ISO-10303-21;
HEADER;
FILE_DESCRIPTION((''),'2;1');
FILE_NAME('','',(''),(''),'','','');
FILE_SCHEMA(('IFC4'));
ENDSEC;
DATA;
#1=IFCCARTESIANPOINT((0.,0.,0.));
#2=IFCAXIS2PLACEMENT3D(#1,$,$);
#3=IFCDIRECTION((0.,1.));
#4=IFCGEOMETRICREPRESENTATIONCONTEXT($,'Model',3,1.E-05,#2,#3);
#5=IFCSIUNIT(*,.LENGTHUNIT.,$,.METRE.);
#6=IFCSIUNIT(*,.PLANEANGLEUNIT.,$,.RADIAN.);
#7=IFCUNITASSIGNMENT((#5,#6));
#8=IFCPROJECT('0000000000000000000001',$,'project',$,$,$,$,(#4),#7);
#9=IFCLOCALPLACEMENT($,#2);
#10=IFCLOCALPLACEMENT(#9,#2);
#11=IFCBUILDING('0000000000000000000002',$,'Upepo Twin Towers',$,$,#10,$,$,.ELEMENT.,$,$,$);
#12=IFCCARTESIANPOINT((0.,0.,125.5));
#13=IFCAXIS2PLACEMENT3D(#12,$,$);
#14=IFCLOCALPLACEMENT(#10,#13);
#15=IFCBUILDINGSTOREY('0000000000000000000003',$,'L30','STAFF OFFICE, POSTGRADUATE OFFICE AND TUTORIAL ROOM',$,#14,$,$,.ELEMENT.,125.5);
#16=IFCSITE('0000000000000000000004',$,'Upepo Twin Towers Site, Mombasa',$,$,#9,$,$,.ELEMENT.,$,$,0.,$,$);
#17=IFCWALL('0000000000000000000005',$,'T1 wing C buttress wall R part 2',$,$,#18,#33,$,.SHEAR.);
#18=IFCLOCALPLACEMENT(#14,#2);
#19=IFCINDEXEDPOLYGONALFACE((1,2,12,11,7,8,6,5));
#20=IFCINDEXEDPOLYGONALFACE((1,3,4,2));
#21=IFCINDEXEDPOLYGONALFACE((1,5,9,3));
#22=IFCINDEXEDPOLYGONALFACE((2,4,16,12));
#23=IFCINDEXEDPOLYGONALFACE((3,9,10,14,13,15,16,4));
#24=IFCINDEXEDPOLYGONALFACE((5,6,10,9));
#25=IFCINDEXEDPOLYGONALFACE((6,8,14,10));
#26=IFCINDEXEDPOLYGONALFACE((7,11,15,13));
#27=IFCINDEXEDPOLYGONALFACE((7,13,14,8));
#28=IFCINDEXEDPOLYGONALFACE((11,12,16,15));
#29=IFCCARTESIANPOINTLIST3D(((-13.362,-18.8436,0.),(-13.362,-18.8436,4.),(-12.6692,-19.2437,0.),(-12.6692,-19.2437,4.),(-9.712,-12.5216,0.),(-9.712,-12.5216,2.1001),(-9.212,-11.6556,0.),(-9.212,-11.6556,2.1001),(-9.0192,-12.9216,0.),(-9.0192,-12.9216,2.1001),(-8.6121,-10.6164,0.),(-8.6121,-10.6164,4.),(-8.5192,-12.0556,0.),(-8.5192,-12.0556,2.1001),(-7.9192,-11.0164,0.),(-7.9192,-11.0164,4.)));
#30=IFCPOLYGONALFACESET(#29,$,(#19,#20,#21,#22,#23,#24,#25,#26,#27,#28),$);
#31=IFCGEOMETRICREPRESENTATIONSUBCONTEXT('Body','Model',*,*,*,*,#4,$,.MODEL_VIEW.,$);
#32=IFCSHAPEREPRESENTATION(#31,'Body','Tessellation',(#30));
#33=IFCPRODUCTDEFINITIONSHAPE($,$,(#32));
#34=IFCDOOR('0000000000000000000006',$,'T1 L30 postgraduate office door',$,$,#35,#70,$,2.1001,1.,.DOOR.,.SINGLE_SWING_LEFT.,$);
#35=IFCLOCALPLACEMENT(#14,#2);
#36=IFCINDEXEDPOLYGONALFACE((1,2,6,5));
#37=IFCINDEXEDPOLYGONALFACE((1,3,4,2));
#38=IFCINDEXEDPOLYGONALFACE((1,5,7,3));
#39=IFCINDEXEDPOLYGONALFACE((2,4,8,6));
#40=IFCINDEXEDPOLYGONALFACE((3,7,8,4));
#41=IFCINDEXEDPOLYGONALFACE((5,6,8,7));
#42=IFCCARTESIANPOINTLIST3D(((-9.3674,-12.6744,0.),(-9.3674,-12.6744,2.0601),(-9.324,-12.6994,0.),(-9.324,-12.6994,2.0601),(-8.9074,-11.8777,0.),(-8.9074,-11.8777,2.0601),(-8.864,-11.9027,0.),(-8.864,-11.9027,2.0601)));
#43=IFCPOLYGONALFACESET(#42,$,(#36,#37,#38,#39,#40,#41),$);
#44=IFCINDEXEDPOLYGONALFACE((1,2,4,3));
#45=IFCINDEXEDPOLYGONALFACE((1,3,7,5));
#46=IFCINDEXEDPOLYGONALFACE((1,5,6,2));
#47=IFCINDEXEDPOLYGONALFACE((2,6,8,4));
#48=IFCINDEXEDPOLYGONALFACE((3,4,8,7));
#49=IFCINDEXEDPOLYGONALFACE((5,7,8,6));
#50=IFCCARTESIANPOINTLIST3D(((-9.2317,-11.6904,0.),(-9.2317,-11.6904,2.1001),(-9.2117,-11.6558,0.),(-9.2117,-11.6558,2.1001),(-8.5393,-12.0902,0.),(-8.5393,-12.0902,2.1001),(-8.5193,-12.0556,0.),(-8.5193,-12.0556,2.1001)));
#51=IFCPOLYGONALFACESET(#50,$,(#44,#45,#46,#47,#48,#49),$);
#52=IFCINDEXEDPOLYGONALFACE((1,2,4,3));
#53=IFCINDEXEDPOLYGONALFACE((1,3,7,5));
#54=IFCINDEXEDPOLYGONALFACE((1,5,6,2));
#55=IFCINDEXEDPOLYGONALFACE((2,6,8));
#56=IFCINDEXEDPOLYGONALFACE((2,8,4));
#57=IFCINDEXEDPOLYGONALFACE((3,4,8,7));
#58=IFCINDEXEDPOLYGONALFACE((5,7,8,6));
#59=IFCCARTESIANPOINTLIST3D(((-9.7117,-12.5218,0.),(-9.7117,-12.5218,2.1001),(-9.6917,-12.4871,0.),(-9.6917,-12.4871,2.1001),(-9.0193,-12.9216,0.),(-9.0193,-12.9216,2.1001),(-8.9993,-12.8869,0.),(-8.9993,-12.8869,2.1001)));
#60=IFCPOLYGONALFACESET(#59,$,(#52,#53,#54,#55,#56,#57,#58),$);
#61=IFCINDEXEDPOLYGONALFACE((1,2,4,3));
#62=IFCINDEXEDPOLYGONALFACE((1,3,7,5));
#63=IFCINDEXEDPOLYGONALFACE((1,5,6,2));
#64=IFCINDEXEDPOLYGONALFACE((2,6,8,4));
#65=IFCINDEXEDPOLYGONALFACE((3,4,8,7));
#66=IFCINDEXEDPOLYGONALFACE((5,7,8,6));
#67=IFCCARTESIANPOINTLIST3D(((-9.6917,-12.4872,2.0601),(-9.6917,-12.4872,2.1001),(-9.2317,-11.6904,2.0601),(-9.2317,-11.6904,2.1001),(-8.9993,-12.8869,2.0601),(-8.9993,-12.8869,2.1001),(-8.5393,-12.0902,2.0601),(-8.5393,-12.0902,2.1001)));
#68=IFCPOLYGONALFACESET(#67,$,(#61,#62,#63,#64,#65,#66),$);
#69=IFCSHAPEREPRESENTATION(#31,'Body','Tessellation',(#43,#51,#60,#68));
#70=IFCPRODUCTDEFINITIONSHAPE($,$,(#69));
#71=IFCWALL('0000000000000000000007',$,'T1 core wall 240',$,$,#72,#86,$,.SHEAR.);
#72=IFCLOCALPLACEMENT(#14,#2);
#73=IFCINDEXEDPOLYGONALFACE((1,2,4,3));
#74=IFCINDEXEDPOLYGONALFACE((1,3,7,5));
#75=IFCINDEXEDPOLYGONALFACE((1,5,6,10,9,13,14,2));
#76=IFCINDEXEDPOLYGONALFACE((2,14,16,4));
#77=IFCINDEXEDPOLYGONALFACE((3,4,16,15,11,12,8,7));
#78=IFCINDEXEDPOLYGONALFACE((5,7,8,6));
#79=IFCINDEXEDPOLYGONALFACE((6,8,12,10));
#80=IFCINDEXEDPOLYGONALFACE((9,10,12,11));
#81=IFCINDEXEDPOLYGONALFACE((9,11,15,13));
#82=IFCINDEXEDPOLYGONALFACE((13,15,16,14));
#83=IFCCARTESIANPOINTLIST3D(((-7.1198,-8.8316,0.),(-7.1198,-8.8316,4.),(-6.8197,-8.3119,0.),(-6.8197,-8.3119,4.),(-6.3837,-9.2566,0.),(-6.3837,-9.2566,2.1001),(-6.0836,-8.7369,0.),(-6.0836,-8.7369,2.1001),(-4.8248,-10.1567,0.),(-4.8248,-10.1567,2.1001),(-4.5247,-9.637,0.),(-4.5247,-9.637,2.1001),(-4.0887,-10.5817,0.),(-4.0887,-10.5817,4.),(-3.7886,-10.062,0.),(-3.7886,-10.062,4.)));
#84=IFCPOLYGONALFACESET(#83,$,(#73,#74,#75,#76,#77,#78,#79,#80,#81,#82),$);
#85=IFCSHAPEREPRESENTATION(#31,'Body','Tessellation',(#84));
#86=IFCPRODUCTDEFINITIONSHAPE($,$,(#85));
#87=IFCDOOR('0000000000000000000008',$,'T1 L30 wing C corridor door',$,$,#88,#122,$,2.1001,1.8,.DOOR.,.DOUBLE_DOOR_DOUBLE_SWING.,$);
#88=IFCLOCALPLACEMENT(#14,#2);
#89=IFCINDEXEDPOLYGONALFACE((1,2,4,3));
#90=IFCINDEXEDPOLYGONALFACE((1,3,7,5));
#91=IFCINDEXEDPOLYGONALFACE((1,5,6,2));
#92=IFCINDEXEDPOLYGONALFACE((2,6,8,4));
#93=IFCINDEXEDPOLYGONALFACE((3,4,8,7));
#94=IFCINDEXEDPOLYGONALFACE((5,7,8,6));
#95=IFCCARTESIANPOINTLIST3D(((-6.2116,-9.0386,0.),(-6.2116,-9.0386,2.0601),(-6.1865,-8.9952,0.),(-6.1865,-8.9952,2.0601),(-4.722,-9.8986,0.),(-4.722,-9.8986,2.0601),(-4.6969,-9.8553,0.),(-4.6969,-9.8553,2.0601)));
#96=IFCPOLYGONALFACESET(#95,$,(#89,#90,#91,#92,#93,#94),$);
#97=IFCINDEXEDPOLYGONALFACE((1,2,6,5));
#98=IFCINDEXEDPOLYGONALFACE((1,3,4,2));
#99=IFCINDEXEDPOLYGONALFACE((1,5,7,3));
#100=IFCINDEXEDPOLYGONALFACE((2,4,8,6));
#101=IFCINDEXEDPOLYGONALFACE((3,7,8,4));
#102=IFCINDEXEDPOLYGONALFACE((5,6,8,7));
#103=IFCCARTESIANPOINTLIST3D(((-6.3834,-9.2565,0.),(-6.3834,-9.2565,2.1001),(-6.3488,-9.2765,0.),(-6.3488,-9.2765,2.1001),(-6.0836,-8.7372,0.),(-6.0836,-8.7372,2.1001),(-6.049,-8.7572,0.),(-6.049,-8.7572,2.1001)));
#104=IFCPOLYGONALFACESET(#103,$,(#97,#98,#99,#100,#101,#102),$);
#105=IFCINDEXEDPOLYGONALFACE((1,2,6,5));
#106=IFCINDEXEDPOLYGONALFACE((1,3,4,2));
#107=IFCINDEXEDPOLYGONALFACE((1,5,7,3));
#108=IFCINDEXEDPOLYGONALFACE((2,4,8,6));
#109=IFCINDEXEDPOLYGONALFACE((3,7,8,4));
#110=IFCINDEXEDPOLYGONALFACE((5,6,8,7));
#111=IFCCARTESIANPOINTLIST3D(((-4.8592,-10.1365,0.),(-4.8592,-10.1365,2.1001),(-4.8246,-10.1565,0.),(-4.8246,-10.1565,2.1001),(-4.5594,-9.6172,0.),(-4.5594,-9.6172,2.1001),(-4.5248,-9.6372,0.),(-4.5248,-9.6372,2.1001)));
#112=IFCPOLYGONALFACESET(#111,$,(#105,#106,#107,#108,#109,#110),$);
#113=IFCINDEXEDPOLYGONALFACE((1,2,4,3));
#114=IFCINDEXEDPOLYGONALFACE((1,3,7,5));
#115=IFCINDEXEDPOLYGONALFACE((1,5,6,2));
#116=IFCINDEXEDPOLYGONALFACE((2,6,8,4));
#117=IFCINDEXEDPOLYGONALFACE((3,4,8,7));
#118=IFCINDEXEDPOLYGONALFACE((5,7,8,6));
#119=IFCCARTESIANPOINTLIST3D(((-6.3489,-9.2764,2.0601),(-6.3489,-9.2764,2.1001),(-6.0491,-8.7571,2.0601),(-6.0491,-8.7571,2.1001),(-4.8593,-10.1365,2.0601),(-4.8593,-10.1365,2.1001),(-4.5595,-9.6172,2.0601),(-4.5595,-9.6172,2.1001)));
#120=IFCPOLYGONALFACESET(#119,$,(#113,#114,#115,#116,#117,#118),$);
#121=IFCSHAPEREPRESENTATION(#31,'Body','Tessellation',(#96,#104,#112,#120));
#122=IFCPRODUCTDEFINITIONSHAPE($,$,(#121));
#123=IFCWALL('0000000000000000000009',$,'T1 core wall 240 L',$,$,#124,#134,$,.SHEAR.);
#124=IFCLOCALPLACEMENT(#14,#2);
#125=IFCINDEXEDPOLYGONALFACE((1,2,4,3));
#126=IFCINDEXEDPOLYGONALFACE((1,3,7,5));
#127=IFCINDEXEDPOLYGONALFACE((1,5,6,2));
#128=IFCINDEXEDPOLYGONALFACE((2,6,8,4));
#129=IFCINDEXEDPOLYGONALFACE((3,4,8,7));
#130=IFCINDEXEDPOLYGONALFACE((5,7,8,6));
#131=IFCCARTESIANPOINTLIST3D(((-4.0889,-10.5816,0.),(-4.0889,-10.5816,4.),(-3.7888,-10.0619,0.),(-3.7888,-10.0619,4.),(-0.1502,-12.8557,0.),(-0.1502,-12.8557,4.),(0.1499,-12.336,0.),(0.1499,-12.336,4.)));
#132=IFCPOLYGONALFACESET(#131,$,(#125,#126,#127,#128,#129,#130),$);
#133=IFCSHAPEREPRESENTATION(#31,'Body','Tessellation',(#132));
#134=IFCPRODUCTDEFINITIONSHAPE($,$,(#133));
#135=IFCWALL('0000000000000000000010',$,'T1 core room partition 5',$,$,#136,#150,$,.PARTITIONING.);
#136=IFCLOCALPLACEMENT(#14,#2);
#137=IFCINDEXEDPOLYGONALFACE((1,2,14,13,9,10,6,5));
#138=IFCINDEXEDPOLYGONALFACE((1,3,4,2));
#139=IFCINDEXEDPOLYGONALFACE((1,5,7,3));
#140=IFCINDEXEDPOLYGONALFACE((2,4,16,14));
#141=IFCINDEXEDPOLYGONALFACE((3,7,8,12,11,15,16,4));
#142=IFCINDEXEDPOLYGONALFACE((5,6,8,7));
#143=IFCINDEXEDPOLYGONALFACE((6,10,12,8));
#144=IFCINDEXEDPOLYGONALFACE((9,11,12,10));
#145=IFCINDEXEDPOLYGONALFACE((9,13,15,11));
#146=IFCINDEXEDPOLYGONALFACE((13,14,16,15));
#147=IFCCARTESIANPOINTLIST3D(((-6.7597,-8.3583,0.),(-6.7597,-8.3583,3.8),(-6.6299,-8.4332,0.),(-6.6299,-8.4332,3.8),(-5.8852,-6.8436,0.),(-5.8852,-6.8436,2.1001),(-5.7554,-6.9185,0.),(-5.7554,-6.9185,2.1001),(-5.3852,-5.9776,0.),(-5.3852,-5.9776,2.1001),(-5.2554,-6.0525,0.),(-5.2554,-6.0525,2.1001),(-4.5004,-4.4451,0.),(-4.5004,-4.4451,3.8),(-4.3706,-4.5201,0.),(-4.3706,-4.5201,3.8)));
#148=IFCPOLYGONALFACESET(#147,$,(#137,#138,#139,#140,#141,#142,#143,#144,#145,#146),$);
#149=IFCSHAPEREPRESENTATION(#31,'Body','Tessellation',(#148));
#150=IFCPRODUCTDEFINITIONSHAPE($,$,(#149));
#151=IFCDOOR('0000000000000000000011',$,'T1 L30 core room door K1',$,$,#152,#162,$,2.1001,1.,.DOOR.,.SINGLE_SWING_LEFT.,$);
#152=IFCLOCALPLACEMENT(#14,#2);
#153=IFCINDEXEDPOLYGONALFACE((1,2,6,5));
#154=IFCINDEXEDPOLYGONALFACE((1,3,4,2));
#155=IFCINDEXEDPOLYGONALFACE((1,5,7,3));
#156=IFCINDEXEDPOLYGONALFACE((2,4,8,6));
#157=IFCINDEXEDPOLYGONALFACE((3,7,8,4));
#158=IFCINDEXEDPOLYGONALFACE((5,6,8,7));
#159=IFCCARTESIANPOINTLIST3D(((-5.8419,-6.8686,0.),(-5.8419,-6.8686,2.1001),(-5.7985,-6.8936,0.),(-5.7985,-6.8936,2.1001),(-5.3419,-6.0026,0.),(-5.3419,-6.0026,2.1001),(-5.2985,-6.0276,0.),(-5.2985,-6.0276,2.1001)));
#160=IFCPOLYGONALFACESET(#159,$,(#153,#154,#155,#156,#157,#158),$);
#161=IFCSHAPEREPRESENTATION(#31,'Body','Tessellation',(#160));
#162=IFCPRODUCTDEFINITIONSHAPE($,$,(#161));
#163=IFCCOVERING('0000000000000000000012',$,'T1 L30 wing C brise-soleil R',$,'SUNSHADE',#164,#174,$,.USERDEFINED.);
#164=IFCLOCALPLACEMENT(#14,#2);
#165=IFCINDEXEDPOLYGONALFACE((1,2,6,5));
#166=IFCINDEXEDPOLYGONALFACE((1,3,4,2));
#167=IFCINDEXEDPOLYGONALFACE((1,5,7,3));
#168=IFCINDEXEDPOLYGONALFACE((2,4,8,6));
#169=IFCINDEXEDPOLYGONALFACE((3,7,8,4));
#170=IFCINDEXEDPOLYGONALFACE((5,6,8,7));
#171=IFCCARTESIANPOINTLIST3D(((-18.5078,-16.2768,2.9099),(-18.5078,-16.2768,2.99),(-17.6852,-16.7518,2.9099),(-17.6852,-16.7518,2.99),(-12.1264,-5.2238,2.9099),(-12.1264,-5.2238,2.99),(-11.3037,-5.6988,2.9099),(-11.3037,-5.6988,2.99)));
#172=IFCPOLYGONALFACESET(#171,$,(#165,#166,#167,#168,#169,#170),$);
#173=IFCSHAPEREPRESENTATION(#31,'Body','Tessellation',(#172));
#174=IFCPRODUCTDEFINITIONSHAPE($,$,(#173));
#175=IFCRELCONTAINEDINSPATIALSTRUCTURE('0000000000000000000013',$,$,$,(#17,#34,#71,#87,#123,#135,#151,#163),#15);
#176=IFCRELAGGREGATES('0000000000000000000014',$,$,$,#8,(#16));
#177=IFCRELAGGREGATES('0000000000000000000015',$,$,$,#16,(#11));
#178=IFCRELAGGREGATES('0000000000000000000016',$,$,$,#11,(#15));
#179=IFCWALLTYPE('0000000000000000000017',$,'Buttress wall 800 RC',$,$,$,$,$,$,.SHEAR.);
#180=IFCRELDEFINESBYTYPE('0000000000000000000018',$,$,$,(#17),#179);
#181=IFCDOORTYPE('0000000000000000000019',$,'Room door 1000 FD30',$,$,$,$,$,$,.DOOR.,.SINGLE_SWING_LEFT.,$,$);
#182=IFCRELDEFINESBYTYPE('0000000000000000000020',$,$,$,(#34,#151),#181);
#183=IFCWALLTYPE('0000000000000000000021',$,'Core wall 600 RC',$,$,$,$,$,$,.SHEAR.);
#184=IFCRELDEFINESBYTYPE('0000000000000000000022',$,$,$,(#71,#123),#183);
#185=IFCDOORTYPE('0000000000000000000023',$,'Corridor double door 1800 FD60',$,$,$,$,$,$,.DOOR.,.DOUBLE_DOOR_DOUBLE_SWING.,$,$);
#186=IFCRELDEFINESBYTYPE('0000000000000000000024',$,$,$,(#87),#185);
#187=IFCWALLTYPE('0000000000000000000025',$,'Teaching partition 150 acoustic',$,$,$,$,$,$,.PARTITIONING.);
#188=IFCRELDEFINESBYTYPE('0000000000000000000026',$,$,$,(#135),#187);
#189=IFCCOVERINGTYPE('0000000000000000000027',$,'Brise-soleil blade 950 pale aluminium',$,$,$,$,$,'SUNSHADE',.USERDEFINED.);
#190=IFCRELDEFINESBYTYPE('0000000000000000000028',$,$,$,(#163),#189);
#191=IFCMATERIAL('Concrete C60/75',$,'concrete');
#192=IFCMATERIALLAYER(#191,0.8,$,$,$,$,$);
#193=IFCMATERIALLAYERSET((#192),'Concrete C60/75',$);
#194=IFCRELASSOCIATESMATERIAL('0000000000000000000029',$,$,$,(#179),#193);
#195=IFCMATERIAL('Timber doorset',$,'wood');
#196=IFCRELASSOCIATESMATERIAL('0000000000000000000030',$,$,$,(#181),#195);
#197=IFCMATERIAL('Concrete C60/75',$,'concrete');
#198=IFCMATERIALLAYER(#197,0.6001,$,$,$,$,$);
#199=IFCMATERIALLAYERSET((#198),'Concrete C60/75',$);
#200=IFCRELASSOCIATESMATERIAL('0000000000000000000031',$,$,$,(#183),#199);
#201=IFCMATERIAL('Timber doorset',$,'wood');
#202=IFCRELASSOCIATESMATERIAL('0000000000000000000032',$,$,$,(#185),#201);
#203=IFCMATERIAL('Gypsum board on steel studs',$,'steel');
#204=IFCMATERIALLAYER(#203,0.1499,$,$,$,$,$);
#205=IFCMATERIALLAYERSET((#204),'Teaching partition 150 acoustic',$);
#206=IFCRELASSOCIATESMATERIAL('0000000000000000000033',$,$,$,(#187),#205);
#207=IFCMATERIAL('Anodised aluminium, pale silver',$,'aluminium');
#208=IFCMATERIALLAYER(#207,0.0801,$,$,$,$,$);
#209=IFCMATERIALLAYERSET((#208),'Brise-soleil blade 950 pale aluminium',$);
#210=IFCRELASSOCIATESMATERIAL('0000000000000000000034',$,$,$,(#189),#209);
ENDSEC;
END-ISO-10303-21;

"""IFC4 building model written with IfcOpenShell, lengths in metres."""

from ifc_helpers import new_model, si_unit, direction, frame, frame_2d, origin, origin_2d, place, context, subcontext, project, spatial, rectangle, extrude, material, layer, layer_set, type_object, element, fill, save


model = new_model("IFC4")

# Units and contexts
model_context = context("Model", 3, precision=1e-05, world=origin(), true_north=direction((0.0, 1.0)))
body_context = subcontext(model_context, "Body", "Model", "MODEL_VIEW")
ifc_project = project(units=[si_unit("LENGTHUNIT", "METRE"), si_unit("PLANEANGLEUNIT", "RADIAN")], contexts=[model_context])

# Site, building, storey
site_placement = place(None, origin())
site = spatial("IfcSite", under=ifc_project, at=site_placement, Name="Upepo Twin Towers Site, Mombasa", CompositionType="ELEMENT", RefElevation=0.0)
building_placement = place(site_placement, origin())
building = spatial("IfcBuilding", under=site, at=building_placement, Name="Upepo Twin Towers", CompositionType="ELEMENT")
storey_placement = place(building_placement, frame((0.0, 0.0, 125.5)))
storey = spatial("IfcBuildingStorey", under=building, at=storey_placement, Name="L30", Description="STAFF OFFICE, POSTGRADUATE OFFICE AND TUTORIAL ROOM", CompositionType="ELEMENT", Elevation=125.5)

# Walls, openings, doors
ifc_material_1 = material(Name="Concrete C60/75", Category="concrete")
ifc_layer_1 = layer(ifc_material_1, 0.8)
ifc_layer_set_1 = layer_set([ifc_layer_1], Name="Concrete C60/75")
wall_type_1 = type_object("IfcWallType", Name="Buttress wall 800 RC", PredefinedType="SHEAR", material=ifc_layer_set_1)
ifc_material_2 = material(Name="Timber doorset", Category="wood")
door_type_1 = type_object("IfcDoorType", Name="Room door 1000 FD30", OperationType="SINGLE_SWING_LEFT", PredefinedType="DOOR", material=ifc_material_2)
wall_1_placement = place(storey_placement, frame((-8.2656, -10.8164, 0.0), z_axis=(0.0, 0.0, 1.0), x_axis=(-0.499998, -0.866027, 0.0)))
wall_1 = element("IfcWall", 1, at=wall_1_placement, inside=storey, type_object=wall_type_1, Name="T1 wing C buttress wall R part 2", PredefinedType="SHEAR", context=body_context, shape_type="SweptSolid", body=[
    extrude(rectangle(XDim=9.5, YDim=0.8, at=frame_2d((4.75, 0.0))), origin(), (0.0, 0.0, 1.0), 4.0),
])
opening_1_placement = place(wall_1_placement, frame((1.2, 0.0, 0.0)))
opening_1 = element("IfcOpeningElement", 2, at=opening_1_placement, cuts=wall_1, PredefinedType="OPENING", context=body_context, shape_type="SweptSolid", body=[
    extrude(rectangle(XDim=1.0, YDim=2.1001, at=frame_2d((0.5, 1.05))), frame((0.0, 0.4099, 0.0), z_axis=(0.0, -1.0, 0.0), x_axis=(1.0, 0.0, 0.0)), (0.0, 0.0, 1.0), 0.8201),
])
door_1_placement = place(opening_1_placement, origin())
door_1 = element("IfcDoor", 3, at=door_1_placement, inside=storey, type_object=door_type_1, Name="T1 L30 postgraduate office door", OperationType="SINGLE_SWING_LEFT", OverallHeight=2.1001, OverallWidth=1.0, PredefinedType="DOOR", context=body_context, shape_type="SweptSolid", body=[
    extrude(rectangle(XDim=0.92, YDim=2.0601, at=frame_2d((0.5, 1.03))), frame((0.0, 0.0249, 0.0), z_axis=(0.0, -1.0, 0.0), x_axis=(1.0, 0.0, 0.0)), (0.0, 0.0, 1.0), 0.05),
    extrude(rectangle(XDim=0.04, YDim=2.1001, at=frame_2d((0.02, 1.05))), frame((0.0, 0.3999, 0.0), z_axis=(0.0, -1.0, 0.0), x_axis=(1.0, 0.0, 0.0)), (0.0, 0.0, 1.0), 0.7996),
    extrude(rectangle(XDim=0.04, YDim=2.1001, at=frame_2d((0.98, 1.05))), frame((0.0, 0.3999, 0.0), z_axis=(0.0, -1.0, 0.0), x_axis=(1.0, 0.0, 0.0)), (0.0, 0.0, 1.0), 0.7996),
    extrude(rectangle(XDim=0.92, YDim=0.04, at=frame_2d((0.5, 2.0801))), frame((0.0, 0.3999, 0.0), z_axis=(0.0, -1.0, 0.0), x_axis=(1.0, 0.0, 0.0)), (0.0, 0.0, 1.0), 0.7996),
])
fill(opening_1, door_1)
ifc_material_3 = material(Name="Concrete C60/75", Category="concrete")
ifc_layer_2 = layer(ifc_material_3, 0.6001)
ifc_layer_set_2 = layer_set([ifc_layer_2], Name="Concrete C60/75")
wall_type_2 = type_object("IfcWallType", Name="Core wall 600 RC", PredefinedType="SHEAR", material=ifc_layer_set_2)
wall_2_placement = place(storey_placement, frame((-6.9697, -8.5718, 0.0), z_axis=(0.0, 0.0, 1.0), x_axis=(0.866019, -0.50001, 0.0)))
wall_2 = element("IfcWall", 4, at=wall_2_placement, inside=storey, type_object=wall_type_2, Name="T1 core wall 240", PredefinedType="SHEAR", context=body_context, shape_type="SweptSolid", body=[
    extrude(rectangle(XDim=3.5, YDim=0.6001, at=frame_2d((1.75, 0.0))), origin(), (0.0, 0.0, 1.0), 4.0),
])
opening_2_placement = place(wall_2_placement, frame((0.8501, 0.0, 0.0)))
opening_2 = element("IfcOpeningElement", 5, at=opening_2_placement, cuts=wall_2, PredefinedType="OPENING", context=body_context, shape_type="SweptSolid", body=[
    extrude(rectangle(XDim=1.8, YDim=2.1001, at=frame_2d((0.8999, 1.05))), frame((0.0, 0.3101, 0.0), z_axis=(0.0, -1.0, 0.0), x_axis=(1.0, 0.0, 0.0)), (0.0, 0.0, 1.0), 0.6201),
])
ifc_material_4 = material(Name="Timber doorset", Category="wood")
door_type_2 = type_object("IfcDoorType", Name="Corridor double door 1800 FD60", OperationType="DOUBLE_DOOR_DOUBLE_SWING", PredefinedType="DOOR", material=ifc_material_4)
door_2_placement = place(opening_2_placement, origin())
door_2 = element("IfcDoor", 6, at=door_2_placement, inside=storey, type_object=door_type_2, Name="T1 L30 wing C corridor door", OperationType="DOUBLE_DOOR_DOUBLE_SWING", OverallHeight=2.1001, OverallWidth=1.8, PredefinedType="DOOR", context=body_context, shape_type="SweptSolid", body=[
    extrude(rectangle(XDim=1.72, YDim=2.0601, at=frame_2d((0.8999, 1.03))), frame((0.0, 0.0249, 0.0), z_axis=(0.0, -1.0, 0.0), x_axis=(1.0, 0.0, 0.0)), (0.0, 0.0, 1.0), 0.05),
    extrude(rectangle(XDim=0.04, YDim=2.1001, at=frame_2d((0.02, 1.05))), frame((0.0, 0.2998, 0.0), z_axis=(0.0, -1.0, 0.0), x_axis=(1.0, 0.0, 0.0)), (0.0, 0.0, 1.0), 0.5996),
    extrude(rectangle(XDim=0.04, YDim=2.1001, at=frame_2d((1.78, 1.05))), frame((0.0, 0.2998, 0.0), z_axis=(0.0, -1.0, 0.0), x_axis=(1.0, 0.0, 0.0)), (0.0, 0.0, 1.0), 0.5996),
    extrude(rectangle(XDim=1.72, YDim=0.04, at=frame_2d((0.8999, 2.0801))), frame((0.0, 0.2998, 0.0), z_axis=(0.0, -1.0, 0.0), x_axis=(1.0, 0.0, 0.0)), (0.0, 0.0, 1.0), 0.5996),
])
fill(opening_2, door_2)

# Wall
wall_3_placement = place(storey_placement, frame((-3.9387, -10.3218, 0.0), z_axis=(0.0, 0.0, 1.0), x_axis=(0.866011, -0.500024, 0.0)))
element("IfcWall", 7, at=wall_3_placement, inside=storey, type_object=wall_type_2, Name="T1 core wall 240 L", PredefinedType="SHEAR", context=body_context, shape_type="SweptSolid", body=[
    extrude(rectangle(XDim=4.5481, YDim=0.6001, at=frame_2d((2.2739, 0.0))), origin(), (0.0, 0.0, 1.0), 4.0),
])

# Wall, opening, door
ifc_material_5 = material(Name="Gypsum board on steel studs", Category="steel")
ifc_layer_3 = layer(ifc_material_5, 0.1499)
ifc_layer_set_3 = layer_set([ifc_layer_3], Name="Teaching partition 150 acoustic")
wall_type_3 = type_object("IfcWallType", Name="Teaching partition 150 acoustic", PredefinedType="PARTITIONING", material=ifc_layer_set_3)
wall_4_placement = place(storey_placement, frame((-6.6948, -8.3958, 0.0), z_axis=(0.0, 0.0, 1.0), x_axis=(0.500009, 0.86602, 0.0)))
wall_4 = element("IfcWall", 8, at=wall_4_placement, inside=storey, type_object=wall_type_3, Name="T1 core room partition 5", PredefinedType="PARTITIONING", context=body_context, shape_type="SweptSolid", body=[
    extrude(rectangle(XDim=4.5186, YDim=0.1499, at=frame_2d((2.2593, 0.0))), origin(), (0.0, 0.0, 1.0), 3.8),
])
opening_3_placement = place(wall_4_placement, frame((1.749, 0.0, 0.0)))
opening_3 = element("IfcOpeningElement", 9, at=opening_3_placement, cuts=wall_4, PredefinedType="OPENING", context=body_context, shape_type="SweptSolid", body=[
    extrude(rectangle(XDim=1.0, YDim=2.1001, at=frame_2d((0.5, 1.05))), frame((0.0, 0.085, 0.0), z_axis=(0.0, -1.0, 0.0), x_axis=(1.0, 0.0, 0.0)), (0.0, 0.0, 1.0), 0.1699),
])
door_3_placement = place(opening_3_placement, origin())
door_3 = element("IfcDoor", 10, at=door_3_placement, inside=storey, type_object=door_type_1, Name="T1 L30 core room door K1", OperationType="SINGLE_SWING_LEFT", OverallHeight=2.1001, OverallWidth=1.0, PredefinedType="DOOR", context=body_context, shape_type="SweptSolid", body=[
    extrude(rectangle(XDim=1.0, YDim=2.1001, at=frame_2d((0.5, 1.05))), frame((0.0, 0.0249, 0.0), z_axis=(0.0, -1.0, 0.0), x_axis=(1.0, 0.0, 0.0)), (0.0, 0.0, 1.0), 0.05),
])
fill(opening_3, door_3)

# Covering
ifc_material_6 = material(Name="Anodised aluminium, pale silver", Category="aluminium")
ifc_layer_4 = layer(ifc_material_6, 0.0801)
ifc_layer_set_4 = layer_set([ifc_layer_4], Name="Brise-soleil blade 950 pale aluminium")
covering_type = type_object("IfcCoveringType", Name="Brise-soleil blade 950 pale aluminium", ElementType="SUNSHADE", PredefinedType="USERDEFINED", material=ifc_layer_set_4)
covering_placement = place(storey_placement, frame((-14.9058, -10.9878, 2.9099), z_axis=(0.0, 0.0, 1.0), x_axis=(-0.5, -0.866025, 0.0)))
element("IfcCovering", 11, at=covering_placement, inside=storey, type_object=covering_type, Name="T1 L30 wing C brise-soleil R", ObjectType="SUNSHADE", PredefinedType="USERDEFINED", context=body_context, shape_type="SweptSolid", body=[
    extrude(rectangle(XDim=12.7629, YDim=0.95, at=origin_2d()), origin(), (0.0, 0.0, 1.0), 0.0801),
])

save(model, "model.ifc")
